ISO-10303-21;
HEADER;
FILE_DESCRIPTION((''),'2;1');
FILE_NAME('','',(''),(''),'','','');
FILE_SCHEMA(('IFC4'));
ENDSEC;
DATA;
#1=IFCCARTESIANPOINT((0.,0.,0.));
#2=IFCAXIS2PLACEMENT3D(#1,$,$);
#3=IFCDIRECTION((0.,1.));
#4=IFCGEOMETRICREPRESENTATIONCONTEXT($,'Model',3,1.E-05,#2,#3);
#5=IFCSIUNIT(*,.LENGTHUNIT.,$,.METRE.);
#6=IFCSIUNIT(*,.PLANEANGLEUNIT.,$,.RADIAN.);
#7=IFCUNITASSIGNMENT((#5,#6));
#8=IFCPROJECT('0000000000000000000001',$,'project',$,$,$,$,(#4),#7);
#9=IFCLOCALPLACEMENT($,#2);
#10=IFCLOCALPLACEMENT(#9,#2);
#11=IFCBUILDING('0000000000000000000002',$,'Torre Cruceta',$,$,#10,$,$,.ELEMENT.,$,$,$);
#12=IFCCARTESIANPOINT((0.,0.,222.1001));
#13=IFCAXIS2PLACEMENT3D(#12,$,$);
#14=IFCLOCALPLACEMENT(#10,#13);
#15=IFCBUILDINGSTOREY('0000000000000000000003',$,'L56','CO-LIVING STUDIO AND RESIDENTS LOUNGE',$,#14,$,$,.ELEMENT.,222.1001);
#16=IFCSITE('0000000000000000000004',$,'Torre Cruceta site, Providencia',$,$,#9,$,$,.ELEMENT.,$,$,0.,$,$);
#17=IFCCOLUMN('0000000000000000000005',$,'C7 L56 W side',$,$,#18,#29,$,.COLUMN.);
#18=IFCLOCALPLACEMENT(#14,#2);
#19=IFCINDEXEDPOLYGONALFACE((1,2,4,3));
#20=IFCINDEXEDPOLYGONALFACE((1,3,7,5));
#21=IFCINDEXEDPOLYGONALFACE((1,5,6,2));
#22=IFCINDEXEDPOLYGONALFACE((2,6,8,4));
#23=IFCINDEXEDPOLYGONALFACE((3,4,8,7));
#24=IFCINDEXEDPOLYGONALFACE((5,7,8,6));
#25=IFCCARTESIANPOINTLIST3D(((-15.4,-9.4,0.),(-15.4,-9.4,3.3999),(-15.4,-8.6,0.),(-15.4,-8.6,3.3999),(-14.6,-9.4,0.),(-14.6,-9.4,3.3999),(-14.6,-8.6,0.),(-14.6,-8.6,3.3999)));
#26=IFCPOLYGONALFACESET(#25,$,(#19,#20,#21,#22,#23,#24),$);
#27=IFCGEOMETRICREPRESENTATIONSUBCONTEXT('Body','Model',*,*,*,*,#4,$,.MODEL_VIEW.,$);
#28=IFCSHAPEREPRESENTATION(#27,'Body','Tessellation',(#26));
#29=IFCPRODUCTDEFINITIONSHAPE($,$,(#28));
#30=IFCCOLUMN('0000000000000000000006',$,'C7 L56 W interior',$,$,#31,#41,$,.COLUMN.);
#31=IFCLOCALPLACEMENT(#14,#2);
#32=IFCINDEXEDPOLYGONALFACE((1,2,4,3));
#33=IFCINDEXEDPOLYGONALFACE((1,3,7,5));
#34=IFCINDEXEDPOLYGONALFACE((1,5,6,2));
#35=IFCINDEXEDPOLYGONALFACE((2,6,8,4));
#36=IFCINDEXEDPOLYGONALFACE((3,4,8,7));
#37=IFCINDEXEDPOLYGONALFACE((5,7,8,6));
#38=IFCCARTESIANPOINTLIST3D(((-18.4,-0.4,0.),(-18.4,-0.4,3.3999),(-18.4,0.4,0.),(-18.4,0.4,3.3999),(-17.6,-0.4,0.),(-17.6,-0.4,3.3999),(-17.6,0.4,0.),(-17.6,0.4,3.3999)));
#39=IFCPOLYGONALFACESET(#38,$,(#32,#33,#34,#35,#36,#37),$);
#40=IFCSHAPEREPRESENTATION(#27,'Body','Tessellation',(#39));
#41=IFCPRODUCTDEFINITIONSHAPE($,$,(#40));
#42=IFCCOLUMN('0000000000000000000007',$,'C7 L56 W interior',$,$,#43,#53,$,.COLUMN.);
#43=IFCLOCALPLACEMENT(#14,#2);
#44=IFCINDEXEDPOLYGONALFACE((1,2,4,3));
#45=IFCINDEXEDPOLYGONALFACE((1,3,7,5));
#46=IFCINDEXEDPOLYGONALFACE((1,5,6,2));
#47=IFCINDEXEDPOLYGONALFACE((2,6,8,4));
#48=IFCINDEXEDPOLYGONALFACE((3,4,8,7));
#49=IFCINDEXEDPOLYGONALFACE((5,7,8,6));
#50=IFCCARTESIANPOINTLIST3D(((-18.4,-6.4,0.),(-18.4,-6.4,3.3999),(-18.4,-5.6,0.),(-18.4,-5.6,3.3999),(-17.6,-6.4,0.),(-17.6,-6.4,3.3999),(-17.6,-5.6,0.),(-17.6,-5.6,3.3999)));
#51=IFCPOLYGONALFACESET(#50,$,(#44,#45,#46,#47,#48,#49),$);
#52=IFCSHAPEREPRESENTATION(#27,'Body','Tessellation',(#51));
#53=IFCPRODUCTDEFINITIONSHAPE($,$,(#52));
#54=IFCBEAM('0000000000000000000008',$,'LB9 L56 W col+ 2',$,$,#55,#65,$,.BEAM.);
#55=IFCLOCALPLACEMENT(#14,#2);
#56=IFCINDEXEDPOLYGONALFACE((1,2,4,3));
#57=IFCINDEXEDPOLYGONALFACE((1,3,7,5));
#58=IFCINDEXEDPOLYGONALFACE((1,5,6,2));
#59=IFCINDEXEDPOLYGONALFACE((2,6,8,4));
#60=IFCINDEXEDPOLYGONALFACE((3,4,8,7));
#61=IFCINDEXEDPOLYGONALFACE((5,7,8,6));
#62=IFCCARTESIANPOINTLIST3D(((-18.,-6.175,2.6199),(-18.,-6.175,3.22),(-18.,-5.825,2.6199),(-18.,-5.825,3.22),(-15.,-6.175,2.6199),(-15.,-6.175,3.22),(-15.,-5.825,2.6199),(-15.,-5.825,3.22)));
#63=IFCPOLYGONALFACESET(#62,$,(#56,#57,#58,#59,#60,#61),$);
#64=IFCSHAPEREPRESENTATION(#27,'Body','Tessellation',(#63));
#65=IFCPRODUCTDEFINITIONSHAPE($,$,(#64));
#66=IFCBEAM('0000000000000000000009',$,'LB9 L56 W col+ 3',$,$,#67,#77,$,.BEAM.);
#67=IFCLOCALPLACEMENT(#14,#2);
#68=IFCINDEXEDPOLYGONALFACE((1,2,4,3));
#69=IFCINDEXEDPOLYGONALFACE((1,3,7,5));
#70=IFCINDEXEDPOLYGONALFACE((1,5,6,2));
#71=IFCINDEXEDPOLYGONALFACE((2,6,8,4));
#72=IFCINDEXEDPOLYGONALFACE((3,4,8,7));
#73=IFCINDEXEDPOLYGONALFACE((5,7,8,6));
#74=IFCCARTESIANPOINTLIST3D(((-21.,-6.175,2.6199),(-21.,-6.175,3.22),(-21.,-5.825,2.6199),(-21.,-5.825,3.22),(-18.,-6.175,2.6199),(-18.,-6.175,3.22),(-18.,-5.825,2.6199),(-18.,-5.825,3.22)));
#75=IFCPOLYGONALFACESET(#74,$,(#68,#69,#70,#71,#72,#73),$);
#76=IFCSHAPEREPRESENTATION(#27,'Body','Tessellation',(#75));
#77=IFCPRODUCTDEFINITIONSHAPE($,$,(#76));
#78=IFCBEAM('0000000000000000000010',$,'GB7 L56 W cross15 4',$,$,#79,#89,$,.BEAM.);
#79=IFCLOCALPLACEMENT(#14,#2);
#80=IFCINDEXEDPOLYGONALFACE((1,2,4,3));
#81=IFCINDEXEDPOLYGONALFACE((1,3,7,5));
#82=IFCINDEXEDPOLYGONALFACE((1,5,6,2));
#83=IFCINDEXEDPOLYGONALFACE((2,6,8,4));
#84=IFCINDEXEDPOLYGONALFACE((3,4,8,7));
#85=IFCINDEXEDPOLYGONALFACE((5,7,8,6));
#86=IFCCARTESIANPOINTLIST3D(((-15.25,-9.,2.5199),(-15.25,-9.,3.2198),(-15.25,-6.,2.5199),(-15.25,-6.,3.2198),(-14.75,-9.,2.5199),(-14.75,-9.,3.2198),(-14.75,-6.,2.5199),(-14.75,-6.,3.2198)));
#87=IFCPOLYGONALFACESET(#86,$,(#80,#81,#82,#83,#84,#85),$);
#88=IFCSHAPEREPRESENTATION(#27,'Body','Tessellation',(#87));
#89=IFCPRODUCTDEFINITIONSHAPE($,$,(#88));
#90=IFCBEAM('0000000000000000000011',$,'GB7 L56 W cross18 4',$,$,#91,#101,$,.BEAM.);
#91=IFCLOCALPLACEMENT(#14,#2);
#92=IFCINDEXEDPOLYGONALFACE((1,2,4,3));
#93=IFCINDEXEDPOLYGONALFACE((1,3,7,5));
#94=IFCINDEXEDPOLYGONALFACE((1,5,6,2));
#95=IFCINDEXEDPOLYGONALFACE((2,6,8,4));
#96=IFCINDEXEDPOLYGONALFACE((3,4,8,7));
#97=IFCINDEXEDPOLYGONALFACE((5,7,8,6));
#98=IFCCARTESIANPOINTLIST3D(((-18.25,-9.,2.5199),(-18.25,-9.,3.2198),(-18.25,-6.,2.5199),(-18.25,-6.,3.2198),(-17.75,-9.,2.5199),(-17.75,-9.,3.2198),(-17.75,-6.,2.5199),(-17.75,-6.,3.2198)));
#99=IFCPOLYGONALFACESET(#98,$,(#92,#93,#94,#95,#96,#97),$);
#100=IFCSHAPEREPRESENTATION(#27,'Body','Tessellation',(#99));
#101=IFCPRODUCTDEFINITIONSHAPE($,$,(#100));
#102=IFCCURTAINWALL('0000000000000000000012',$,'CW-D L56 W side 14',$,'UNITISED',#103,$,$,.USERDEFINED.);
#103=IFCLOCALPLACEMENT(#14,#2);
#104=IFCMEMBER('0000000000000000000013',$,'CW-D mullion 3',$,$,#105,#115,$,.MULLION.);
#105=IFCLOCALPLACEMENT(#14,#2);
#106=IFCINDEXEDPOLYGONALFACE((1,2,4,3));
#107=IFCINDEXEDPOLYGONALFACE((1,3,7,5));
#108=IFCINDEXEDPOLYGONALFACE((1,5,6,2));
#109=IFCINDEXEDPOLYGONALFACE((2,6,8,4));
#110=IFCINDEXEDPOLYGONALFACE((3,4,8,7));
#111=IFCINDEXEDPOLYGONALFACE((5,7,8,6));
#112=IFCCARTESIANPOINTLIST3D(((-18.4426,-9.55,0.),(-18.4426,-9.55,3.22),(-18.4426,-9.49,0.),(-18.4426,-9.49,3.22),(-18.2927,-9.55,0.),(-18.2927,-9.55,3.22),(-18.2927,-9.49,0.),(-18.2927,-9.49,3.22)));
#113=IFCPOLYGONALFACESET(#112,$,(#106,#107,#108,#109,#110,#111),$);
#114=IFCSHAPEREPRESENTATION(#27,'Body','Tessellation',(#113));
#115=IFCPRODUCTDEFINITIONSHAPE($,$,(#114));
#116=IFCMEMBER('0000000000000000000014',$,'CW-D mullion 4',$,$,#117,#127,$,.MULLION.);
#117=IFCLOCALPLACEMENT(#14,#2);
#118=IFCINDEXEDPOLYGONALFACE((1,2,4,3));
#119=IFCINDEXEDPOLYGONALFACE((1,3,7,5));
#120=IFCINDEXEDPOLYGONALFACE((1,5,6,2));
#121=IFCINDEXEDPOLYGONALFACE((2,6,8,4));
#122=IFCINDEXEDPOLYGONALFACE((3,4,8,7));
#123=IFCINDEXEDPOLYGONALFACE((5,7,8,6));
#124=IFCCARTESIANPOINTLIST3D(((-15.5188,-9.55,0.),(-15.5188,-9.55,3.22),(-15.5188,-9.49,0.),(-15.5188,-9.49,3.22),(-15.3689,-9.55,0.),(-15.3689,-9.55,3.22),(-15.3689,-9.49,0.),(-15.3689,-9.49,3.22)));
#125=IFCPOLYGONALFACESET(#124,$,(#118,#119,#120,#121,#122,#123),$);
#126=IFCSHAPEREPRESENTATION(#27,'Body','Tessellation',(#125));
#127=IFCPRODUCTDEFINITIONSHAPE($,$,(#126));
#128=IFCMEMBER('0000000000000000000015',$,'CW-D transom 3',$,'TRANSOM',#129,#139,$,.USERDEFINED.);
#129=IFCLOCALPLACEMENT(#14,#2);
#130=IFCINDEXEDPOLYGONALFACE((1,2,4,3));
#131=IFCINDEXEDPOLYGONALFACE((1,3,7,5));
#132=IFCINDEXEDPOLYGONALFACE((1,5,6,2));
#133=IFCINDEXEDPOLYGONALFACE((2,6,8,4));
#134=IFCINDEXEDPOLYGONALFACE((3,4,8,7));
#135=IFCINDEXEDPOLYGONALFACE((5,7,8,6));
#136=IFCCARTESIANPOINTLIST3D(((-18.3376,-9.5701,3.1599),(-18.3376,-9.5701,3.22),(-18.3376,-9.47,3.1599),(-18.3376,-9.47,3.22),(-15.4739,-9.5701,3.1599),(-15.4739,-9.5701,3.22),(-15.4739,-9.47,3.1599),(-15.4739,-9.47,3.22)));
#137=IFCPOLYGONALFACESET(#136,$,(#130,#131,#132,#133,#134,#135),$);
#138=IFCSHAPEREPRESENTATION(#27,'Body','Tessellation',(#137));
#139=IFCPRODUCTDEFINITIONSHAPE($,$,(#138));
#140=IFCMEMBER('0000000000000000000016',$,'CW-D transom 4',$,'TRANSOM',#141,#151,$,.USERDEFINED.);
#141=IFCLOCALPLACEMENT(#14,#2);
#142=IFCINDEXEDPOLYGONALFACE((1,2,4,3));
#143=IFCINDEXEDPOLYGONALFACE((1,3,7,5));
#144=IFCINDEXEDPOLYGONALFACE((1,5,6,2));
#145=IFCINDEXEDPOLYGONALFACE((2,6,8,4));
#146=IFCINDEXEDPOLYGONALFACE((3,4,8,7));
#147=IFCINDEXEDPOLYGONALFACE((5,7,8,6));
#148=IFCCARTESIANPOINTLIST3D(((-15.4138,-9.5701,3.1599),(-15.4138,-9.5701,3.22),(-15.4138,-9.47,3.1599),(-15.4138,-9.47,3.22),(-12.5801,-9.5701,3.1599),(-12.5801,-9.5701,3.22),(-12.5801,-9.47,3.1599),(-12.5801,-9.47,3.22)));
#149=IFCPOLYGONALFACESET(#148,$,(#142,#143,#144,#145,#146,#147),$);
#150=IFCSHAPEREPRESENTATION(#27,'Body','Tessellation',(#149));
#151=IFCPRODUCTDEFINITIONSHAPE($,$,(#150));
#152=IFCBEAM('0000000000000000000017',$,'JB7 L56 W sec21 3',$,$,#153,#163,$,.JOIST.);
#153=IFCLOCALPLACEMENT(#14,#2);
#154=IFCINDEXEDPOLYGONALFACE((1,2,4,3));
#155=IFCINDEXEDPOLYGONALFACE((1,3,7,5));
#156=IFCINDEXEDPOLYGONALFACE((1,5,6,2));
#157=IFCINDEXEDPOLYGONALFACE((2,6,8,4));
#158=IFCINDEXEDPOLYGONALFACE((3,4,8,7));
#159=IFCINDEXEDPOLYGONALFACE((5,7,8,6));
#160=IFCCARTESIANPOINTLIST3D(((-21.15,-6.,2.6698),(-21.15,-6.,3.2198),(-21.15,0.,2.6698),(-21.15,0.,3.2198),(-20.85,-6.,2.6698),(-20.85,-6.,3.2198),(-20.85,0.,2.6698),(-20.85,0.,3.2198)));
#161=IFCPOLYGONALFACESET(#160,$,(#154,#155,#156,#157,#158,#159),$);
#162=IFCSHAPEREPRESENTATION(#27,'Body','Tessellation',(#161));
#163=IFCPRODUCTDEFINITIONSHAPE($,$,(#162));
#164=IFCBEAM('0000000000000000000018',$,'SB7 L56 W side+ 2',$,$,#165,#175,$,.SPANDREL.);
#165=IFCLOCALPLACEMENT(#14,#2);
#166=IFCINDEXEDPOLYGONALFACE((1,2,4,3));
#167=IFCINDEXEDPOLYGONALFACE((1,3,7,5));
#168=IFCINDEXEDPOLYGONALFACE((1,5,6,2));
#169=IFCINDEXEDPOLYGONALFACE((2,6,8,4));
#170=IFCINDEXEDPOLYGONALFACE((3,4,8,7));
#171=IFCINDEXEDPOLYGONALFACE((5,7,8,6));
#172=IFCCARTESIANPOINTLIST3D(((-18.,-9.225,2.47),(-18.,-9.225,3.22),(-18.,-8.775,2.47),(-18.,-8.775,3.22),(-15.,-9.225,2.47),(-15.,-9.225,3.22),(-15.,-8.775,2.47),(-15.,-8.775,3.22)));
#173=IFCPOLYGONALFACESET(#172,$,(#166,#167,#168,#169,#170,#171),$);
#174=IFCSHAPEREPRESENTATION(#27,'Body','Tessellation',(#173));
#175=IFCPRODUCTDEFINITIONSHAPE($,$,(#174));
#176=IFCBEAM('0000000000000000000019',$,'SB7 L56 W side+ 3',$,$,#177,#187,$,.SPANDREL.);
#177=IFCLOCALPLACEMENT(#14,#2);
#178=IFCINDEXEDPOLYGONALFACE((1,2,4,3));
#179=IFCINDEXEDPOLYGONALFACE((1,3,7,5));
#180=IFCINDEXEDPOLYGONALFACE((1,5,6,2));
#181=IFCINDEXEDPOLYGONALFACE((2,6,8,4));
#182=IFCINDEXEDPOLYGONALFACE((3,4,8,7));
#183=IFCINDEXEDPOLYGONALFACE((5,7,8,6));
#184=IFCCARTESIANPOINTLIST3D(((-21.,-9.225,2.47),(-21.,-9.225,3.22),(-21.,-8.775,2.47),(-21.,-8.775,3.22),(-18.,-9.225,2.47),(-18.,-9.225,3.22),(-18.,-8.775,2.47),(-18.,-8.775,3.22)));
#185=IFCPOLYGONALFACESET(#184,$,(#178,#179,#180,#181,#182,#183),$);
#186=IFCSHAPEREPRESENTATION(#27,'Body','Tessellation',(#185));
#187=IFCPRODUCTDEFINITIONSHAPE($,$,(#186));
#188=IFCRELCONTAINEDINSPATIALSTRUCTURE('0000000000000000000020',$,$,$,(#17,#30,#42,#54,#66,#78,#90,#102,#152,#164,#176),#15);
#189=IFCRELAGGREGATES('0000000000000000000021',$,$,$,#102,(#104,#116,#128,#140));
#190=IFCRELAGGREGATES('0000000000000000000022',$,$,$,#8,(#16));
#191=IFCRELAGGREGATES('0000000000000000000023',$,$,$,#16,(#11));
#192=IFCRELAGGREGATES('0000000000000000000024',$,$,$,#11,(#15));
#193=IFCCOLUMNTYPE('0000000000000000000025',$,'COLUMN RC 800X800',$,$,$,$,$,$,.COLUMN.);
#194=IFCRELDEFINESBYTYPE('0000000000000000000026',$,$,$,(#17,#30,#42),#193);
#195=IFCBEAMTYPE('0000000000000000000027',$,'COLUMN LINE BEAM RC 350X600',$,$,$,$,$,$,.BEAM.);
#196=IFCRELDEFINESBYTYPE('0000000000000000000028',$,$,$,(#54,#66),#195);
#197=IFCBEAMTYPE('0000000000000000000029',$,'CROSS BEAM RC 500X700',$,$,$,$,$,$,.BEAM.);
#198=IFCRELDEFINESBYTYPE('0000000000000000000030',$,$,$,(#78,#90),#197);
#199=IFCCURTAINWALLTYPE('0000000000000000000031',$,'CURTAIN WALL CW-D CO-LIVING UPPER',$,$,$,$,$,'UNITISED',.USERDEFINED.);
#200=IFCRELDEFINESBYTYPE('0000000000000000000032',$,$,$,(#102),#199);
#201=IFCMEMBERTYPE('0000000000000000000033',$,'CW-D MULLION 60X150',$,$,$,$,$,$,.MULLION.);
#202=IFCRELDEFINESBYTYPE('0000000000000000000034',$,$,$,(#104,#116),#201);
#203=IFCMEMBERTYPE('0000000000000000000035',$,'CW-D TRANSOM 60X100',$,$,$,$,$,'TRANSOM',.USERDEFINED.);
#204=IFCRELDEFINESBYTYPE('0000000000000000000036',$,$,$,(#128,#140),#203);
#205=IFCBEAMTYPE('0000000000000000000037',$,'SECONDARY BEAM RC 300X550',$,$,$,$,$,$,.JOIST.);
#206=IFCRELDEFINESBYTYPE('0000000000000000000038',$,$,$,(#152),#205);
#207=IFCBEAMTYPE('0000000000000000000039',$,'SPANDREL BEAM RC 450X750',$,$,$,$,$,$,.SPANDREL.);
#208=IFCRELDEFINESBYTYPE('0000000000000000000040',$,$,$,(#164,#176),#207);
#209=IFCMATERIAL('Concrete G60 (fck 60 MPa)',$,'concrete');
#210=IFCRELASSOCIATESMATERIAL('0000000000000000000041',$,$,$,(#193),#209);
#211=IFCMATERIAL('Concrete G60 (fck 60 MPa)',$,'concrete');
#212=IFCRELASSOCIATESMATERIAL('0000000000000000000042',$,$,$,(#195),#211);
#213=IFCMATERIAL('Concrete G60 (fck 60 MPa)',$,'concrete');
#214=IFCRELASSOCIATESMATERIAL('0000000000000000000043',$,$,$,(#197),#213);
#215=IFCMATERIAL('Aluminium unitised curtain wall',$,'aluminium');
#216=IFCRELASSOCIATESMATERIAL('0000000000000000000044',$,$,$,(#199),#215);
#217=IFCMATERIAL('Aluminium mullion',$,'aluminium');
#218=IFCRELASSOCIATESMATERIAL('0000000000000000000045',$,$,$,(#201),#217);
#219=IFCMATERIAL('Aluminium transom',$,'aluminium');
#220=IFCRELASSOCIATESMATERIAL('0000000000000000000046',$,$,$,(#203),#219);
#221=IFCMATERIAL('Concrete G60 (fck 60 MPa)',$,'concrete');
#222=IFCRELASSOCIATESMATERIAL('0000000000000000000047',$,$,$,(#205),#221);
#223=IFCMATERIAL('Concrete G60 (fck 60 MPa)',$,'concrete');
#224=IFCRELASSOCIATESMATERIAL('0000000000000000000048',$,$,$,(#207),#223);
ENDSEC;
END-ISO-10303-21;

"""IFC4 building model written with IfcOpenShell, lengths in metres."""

from ifc_helpers import new_model, si_unit, direction, frame, origin, origin_2d, place, context, subcontext, project, spatial, rectangle, extrude, material, material_profile, profile_set, type_object, element, aggregate, save


model = new_model("IFC4")

# Units and contexts
model_context = context("Model", 3, precision=1e-05, world=origin(), true_north=direction((0.0, 1.0)))
body_context = subcontext(model_context, "Body", "Model", "MODEL_VIEW")
ifc_project = project(units=[si_unit("LENGTHUNIT", "METRE"), si_unit("PLANEANGLEUNIT", "RADIAN")], contexts=[model_context])

# Site, building, storey
site_placement = place(None, origin())
site = spatial("IfcSite", under=ifc_project, at=site_placement, Name="Torre Cruceta site, Providencia", CompositionType="ELEMENT", RefElevation=0.0)
building_placement = place(site_placement, origin())
building = spatial("IfcBuilding", under=site, at=building_placement, Name="Torre Cruceta", CompositionType="ELEMENT")
storey_placement = place(building_placement, frame((0.0, 0.0, 222.1001)))
storey = spatial("IfcBuildingStorey", under=building, at=storey_placement, Name="L56", Description="CO-LIVING STUDIO AND RESIDENTS LOUNGE", CompositionType="ELEMENT", Elevation=222.1001)

# Columns
ifc_material_1 = material(Name="Concrete G60 (fck 60 MPa)", Category="concrete")
ifc_material_profile_1 = material_profile(ifc_material_1, rectangle(XDim=0.8, YDim=0.8, at=origin_2d()), Name="RC 800X800")
ifc_profile_set_1 = profile_set([ifc_material_profile_1], Name="Concrete G60 (fck 60 MPa)")
column_type = type_object("IfcColumnType", Name="COLUMN RC 800X800", PredefinedType="COLUMN", material=ifc_profile_set_1)
for number, where, z_axis, x_axis, name in (
    (1, (-15.0, -9.0, 0.0), (0.0, 0.0, 1.0), (1.0, 0.0, 0.0), "C7 L56 W side"),
    (2, (-18.0, 0.0, 0.0), (0.0, 0.0, 1.0), (1.0, 0.0, 0.0), "C7 L56 W interior"),
    (3, (-18.0, -6.0, 0.0), (0.0, 0.0, 1.0), (1.0, 0.0, 0.0), "C7 L56 W interior"),
):
    element("IfcColumn", number, at=place(storey_placement, frame(where, z_axis=z_axis, x_axis=x_axis)), inside=storey, type_object=column_type, Name=name, PredefinedType="COLUMN", context=body_context, shape_type="SweptSolid", body=[
        extrude(rectangle(XDim=0.8, YDim=0.8, at=origin_2d()), origin(), (0.0, 0.0, 1.0), 3.3999),
    ])

# Beams
ifc_material_2 = material(Name="Concrete G60 (fck 60 MPa)", Category="concrete")
ifc_material_profile_2 = material_profile(ifc_material_2, rectangle(XDim=0.3501, YDim=0.6001, at=origin_2d()), Name="RC 350X600")
ifc_profile_set_2 = profile_set([ifc_material_profile_2], Name="Concrete G60 (fck 60 MPa)")
beam_type_1 = type_object("IfcBeamType", Name="COLUMN LINE BEAM RC 350X600", PredefinedType="BEAM", material=ifc_profile_set_2)
for number, where, z_axis, x_axis, name in (
    (4, (-15.0, -6.0, 2.9199), (-1.0, 0.0, 0.0), (0.0, -1.0, 0.0), "LB9 L56 W col+ 2"),
    (5, (-18.0, -6.0, 2.9199), (-1.0, 0.0, 0.0), (0.0, -1.0, 0.0), "LB9 L56 W col+ 3"),
):
    element("IfcBeam", number, at=place(storey_placement, frame(where, z_axis=z_axis, x_axis=x_axis)), inside=storey, type_object=beam_type_1, Name=name, PredefinedType="BEAM", context=body_context, shape_type="SweptSolid", body=[
        extrude(rectangle(XDim=0.3501, YDim=0.6001, at=origin_2d()), origin(), (0.0, 0.0, 1.0), 3.0),
    ])
ifc_material_3 = material(Name="Concrete G60 (fck 60 MPa)", Category="concrete")
ifc_material_profile_3 = material_profile(ifc_material_3, rectangle(XDim=0.5, YDim=0.7, at=origin_2d()), Name="RC 500X700")
ifc_profile_set_3 = profile_set([ifc_material_profile_3], Name="Concrete G60 (fck 60 MPa)")
beam_type_2 = type_object("IfcBeamType", Name="CROSS BEAM RC 500X700", PredefinedType="BEAM", material=ifc_profile_set_3)
for number, where, z_axis, x_axis, name in (
    (6, (-15.0, -6.0, 2.8699), (0.0, -1.0, 0.0), (1.0, 0.0, 0.0), "GB7 L56 W cross15 4"),
    (7, (-18.0, -6.0, 2.8699), (0.0, -1.0, 0.0), (1.0, 0.0, 0.0), "GB7 L56 W cross18 4"),
):
    element("IfcBeam", number, at=place(storey_placement, frame(where, z_axis=z_axis, x_axis=x_axis)), inside=storey, type_object=beam_type_2, Name=name, PredefinedType="BEAM", context=body_context, shape_type="SweptSolid", body=[
        extrude(rectangle(XDim=0.5, YDim=0.7, at=origin_2d()), origin(), (0.0, 0.0, 1.0), 3.0),
    ])

# Curtain wall, members
ifc_material_4 = material(Name="Aluminium unitised curtain wall", Category="aluminium")
curtain_wall_type = type_object("IfcCurtainWallType", Name="CURTAIN WALL CW-D CO-LIVING UPPER", ElementType="UNITISED", PredefinedType="USERDEFINED", material=ifc_material_4)
curtain_wall_placement = place(storey_placement, origin())
curtain_wall = element("IfcCurtainWall", 8, at=curtain_wall_placement, inside=storey, type_object=curtain_wall_type, Name="CW-D L56 W side 14", ObjectType="UNITISED", PredefinedType="USERDEFINED")
ifc_material_5 = material(Name="Aluminium mullion", Category="aluminium")
ifc_material_profile_4 = material_profile(ifc_material_5, rectangle(XDim=0.0601, YDim=0.1499, at=origin_2d()), Name="AL 60X150")
ifc_profile_set_4 = profile_set([ifc_material_profile_4], Name="Aluminium mullion")
member_type_1 = type_object("IfcMemberType", Name="CW-D MULLION 60X150", PredefinedType="MULLION", material=ifc_profile_set_4)
member_1_placement = place(storey_placement, frame((-18.3677, -9.52, 0.0), z_axis=(0.0, 0.0, 1.0), x_axis=(0.0, 1.0, 0.0)))
member_1 = element("IfcMember", 9, at=member_1_placement, type_object=member_type_1, Name="CW-D mullion 3", PredefinedType="MULLION", context=body_context, shape_type="SweptSolid", body=[
    extrude(rectangle(XDim=0.0601, YDim=0.1499, at=origin_2d()), origin(), (0.0, 0.0, 1.0), 3.22),
])
member_2_placement = place(storey_placement, frame((-15.4438, -9.52, 0.0), z_axis=(0.0, 0.0, 1.0), x_axis=(0.0, 1.0, 0.0)))
member_2 = element("IfcMember", 10, at=member_2_placement, type_object=member_type_1, Name="CW-D mullion 4", PredefinedType="MULLION", context=body_context, shape_type="SweptSolid", body=[
    extrude(rectangle(XDim=0.0601, YDim=0.1499, at=origin_2d()), origin(), (0.0, 0.0, 1.0), 3.22),
])
ifc_material_6 = material(Name="Aluminium transom", Category="aluminium")
ifc_material_profile_5 = material_profile(ifc_material_6, rectangle(XDim=0.1001, YDim=0.0601, at=origin_2d()), Name="AL 100X60")
ifc_profile_set_5 = profile_set([ifc_material_profile_5], Name="Aluminium transom")
member_type_2 = type_object("IfcMemberType", Name="CW-D TRANSOM 60X100", ElementType="TRANSOM", PredefinedType="USERDEFINED", material=ifc_profile_set_5)
member_3_placement = place(storey_placement, frame((-18.3376, -9.52, 3.1899), z_axis=(1.0, 0.0, 0.0), x_axis=(0.0, 1.0, 0.0)))
member_3 = element("IfcMember", 11, at=member_3_placement, type_object=member_type_2, Name="CW-D transom 3", ObjectType="TRANSOM", PredefinedType="USERDEFINED", context=body_context, shape_type="SweptSolid", body=[
    extrude(rectangle(XDim=0.1001, YDim=0.0601, at=origin_2d()), origin(), (0.0, 0.0, 1.0), 2.8638),
])
member_4_placement = place(storey_placement, frame((-15.4138, -9.52, 3.1899), z_axis=(1.0, 0.0, 0.0), x_axis=(0.0, 1.0, 0.0)))
member_4 = element("IfcMember", 12, at=member_4_placement, type_object=member_type_2, Name="CW-D transom 4", ObjectType="TRANSOM", PredefinedType="USERDEFINED", context=body_context, shape_type="SweptSolid", body=[
    extrude(rectangle(XDim=0.1001, YDim=0.0601, at=origin_2d()), origin(), (0.0, 0.0, 1.0), 2.8337),
])

# Beams
ifc_material_7 = material(Name="Concrete G60 (fck 60 MPa)", Category="concrete")
ifc_material_profile_6 = material_profile(ifc_material_7, rectangle(XDim=0.3, YDim=0.55, at=origin_2d()), Name="RC 300X550")
ifc_profile_set_6 = profile_set([ifc_material_profile_6], Name="Concrete G60 (fck 60 MPa)")
beam_type_3 = type_object("IfcBeamType", Name="SECONDARY BEAM RC 300X550", PredefinedType="JOIST", material=ifc_profile_set_6)
beam_placement = place(storey_placement, frame((-21.0, 0.0, 2.9448), z_axis=(0.0, -1.0, 0.0), x_axis=(1.0, 0.0, 0.0)))
element("IfcBeam", 13, at=beam_placement, inside=storey, type_object=beam_type_3, Name="JB7 L56 W sec21 3", PredefinedType="JOIST", context=body_context, shape_type="SweptSolid", body=[
    extrude(rectangle(XDim=0.3, YDim=0.55, at=origin_2d()), origin(), (0.0, 0.0, 1.0), 6.0),
])
ifc_material_8 = material(Name="Concrete G60 (fck 60 MPa)", Category="concrete")
ifc_material_profile_7 = material_profile(ifc_material_8, rectangle(XDim=0.45, YDim=0.75, at=origin_2d()), Name="RC 450X750")
ifc_profile_set_7 = profile_set([ifc_material_profile_7], Name="Concrete G60 (fck 60 MPa)")
beam_type_4 = type_object("IfcBeamType", Name="SPANDREL BEAM RC 450X750", PredefinedType="SPANDREL", material=ifc_profile_set_7)
for number, where, z_axis, x_axis, name in (
    (14, (-15.0, -9.0, 2.845), (-1.0, 0.0, 0.0), (0.0, -1.0, 0.0), "SB7 L56 W side+ 2"),
    (15, (-18.0, -9.0, 2.845), (-1.0, 0.0, 0.0), (0.0, -1.0, 0.0), "SB7 L56 W side+ 3"),
):
    element("IfcBeam", number, at=place(storey_placement, frame(where, z_axis=z_axis, x_axis=x_axis)), inside=storey, type_object=beam_type_4, Name=name, PredefinedType="SPANDREL", context=body_context, shape_type="SweptSolid", body=[
        extrude(rectangle(XDim=0.45, YDim=0.75, at=origin_2d()), origin(), (0.0, 0.0, 1.0), 3.0),
    ])

aggregate(curtain_wall, [member_1, member_2, member_3, member_4])

save(model, "model.ifc")
